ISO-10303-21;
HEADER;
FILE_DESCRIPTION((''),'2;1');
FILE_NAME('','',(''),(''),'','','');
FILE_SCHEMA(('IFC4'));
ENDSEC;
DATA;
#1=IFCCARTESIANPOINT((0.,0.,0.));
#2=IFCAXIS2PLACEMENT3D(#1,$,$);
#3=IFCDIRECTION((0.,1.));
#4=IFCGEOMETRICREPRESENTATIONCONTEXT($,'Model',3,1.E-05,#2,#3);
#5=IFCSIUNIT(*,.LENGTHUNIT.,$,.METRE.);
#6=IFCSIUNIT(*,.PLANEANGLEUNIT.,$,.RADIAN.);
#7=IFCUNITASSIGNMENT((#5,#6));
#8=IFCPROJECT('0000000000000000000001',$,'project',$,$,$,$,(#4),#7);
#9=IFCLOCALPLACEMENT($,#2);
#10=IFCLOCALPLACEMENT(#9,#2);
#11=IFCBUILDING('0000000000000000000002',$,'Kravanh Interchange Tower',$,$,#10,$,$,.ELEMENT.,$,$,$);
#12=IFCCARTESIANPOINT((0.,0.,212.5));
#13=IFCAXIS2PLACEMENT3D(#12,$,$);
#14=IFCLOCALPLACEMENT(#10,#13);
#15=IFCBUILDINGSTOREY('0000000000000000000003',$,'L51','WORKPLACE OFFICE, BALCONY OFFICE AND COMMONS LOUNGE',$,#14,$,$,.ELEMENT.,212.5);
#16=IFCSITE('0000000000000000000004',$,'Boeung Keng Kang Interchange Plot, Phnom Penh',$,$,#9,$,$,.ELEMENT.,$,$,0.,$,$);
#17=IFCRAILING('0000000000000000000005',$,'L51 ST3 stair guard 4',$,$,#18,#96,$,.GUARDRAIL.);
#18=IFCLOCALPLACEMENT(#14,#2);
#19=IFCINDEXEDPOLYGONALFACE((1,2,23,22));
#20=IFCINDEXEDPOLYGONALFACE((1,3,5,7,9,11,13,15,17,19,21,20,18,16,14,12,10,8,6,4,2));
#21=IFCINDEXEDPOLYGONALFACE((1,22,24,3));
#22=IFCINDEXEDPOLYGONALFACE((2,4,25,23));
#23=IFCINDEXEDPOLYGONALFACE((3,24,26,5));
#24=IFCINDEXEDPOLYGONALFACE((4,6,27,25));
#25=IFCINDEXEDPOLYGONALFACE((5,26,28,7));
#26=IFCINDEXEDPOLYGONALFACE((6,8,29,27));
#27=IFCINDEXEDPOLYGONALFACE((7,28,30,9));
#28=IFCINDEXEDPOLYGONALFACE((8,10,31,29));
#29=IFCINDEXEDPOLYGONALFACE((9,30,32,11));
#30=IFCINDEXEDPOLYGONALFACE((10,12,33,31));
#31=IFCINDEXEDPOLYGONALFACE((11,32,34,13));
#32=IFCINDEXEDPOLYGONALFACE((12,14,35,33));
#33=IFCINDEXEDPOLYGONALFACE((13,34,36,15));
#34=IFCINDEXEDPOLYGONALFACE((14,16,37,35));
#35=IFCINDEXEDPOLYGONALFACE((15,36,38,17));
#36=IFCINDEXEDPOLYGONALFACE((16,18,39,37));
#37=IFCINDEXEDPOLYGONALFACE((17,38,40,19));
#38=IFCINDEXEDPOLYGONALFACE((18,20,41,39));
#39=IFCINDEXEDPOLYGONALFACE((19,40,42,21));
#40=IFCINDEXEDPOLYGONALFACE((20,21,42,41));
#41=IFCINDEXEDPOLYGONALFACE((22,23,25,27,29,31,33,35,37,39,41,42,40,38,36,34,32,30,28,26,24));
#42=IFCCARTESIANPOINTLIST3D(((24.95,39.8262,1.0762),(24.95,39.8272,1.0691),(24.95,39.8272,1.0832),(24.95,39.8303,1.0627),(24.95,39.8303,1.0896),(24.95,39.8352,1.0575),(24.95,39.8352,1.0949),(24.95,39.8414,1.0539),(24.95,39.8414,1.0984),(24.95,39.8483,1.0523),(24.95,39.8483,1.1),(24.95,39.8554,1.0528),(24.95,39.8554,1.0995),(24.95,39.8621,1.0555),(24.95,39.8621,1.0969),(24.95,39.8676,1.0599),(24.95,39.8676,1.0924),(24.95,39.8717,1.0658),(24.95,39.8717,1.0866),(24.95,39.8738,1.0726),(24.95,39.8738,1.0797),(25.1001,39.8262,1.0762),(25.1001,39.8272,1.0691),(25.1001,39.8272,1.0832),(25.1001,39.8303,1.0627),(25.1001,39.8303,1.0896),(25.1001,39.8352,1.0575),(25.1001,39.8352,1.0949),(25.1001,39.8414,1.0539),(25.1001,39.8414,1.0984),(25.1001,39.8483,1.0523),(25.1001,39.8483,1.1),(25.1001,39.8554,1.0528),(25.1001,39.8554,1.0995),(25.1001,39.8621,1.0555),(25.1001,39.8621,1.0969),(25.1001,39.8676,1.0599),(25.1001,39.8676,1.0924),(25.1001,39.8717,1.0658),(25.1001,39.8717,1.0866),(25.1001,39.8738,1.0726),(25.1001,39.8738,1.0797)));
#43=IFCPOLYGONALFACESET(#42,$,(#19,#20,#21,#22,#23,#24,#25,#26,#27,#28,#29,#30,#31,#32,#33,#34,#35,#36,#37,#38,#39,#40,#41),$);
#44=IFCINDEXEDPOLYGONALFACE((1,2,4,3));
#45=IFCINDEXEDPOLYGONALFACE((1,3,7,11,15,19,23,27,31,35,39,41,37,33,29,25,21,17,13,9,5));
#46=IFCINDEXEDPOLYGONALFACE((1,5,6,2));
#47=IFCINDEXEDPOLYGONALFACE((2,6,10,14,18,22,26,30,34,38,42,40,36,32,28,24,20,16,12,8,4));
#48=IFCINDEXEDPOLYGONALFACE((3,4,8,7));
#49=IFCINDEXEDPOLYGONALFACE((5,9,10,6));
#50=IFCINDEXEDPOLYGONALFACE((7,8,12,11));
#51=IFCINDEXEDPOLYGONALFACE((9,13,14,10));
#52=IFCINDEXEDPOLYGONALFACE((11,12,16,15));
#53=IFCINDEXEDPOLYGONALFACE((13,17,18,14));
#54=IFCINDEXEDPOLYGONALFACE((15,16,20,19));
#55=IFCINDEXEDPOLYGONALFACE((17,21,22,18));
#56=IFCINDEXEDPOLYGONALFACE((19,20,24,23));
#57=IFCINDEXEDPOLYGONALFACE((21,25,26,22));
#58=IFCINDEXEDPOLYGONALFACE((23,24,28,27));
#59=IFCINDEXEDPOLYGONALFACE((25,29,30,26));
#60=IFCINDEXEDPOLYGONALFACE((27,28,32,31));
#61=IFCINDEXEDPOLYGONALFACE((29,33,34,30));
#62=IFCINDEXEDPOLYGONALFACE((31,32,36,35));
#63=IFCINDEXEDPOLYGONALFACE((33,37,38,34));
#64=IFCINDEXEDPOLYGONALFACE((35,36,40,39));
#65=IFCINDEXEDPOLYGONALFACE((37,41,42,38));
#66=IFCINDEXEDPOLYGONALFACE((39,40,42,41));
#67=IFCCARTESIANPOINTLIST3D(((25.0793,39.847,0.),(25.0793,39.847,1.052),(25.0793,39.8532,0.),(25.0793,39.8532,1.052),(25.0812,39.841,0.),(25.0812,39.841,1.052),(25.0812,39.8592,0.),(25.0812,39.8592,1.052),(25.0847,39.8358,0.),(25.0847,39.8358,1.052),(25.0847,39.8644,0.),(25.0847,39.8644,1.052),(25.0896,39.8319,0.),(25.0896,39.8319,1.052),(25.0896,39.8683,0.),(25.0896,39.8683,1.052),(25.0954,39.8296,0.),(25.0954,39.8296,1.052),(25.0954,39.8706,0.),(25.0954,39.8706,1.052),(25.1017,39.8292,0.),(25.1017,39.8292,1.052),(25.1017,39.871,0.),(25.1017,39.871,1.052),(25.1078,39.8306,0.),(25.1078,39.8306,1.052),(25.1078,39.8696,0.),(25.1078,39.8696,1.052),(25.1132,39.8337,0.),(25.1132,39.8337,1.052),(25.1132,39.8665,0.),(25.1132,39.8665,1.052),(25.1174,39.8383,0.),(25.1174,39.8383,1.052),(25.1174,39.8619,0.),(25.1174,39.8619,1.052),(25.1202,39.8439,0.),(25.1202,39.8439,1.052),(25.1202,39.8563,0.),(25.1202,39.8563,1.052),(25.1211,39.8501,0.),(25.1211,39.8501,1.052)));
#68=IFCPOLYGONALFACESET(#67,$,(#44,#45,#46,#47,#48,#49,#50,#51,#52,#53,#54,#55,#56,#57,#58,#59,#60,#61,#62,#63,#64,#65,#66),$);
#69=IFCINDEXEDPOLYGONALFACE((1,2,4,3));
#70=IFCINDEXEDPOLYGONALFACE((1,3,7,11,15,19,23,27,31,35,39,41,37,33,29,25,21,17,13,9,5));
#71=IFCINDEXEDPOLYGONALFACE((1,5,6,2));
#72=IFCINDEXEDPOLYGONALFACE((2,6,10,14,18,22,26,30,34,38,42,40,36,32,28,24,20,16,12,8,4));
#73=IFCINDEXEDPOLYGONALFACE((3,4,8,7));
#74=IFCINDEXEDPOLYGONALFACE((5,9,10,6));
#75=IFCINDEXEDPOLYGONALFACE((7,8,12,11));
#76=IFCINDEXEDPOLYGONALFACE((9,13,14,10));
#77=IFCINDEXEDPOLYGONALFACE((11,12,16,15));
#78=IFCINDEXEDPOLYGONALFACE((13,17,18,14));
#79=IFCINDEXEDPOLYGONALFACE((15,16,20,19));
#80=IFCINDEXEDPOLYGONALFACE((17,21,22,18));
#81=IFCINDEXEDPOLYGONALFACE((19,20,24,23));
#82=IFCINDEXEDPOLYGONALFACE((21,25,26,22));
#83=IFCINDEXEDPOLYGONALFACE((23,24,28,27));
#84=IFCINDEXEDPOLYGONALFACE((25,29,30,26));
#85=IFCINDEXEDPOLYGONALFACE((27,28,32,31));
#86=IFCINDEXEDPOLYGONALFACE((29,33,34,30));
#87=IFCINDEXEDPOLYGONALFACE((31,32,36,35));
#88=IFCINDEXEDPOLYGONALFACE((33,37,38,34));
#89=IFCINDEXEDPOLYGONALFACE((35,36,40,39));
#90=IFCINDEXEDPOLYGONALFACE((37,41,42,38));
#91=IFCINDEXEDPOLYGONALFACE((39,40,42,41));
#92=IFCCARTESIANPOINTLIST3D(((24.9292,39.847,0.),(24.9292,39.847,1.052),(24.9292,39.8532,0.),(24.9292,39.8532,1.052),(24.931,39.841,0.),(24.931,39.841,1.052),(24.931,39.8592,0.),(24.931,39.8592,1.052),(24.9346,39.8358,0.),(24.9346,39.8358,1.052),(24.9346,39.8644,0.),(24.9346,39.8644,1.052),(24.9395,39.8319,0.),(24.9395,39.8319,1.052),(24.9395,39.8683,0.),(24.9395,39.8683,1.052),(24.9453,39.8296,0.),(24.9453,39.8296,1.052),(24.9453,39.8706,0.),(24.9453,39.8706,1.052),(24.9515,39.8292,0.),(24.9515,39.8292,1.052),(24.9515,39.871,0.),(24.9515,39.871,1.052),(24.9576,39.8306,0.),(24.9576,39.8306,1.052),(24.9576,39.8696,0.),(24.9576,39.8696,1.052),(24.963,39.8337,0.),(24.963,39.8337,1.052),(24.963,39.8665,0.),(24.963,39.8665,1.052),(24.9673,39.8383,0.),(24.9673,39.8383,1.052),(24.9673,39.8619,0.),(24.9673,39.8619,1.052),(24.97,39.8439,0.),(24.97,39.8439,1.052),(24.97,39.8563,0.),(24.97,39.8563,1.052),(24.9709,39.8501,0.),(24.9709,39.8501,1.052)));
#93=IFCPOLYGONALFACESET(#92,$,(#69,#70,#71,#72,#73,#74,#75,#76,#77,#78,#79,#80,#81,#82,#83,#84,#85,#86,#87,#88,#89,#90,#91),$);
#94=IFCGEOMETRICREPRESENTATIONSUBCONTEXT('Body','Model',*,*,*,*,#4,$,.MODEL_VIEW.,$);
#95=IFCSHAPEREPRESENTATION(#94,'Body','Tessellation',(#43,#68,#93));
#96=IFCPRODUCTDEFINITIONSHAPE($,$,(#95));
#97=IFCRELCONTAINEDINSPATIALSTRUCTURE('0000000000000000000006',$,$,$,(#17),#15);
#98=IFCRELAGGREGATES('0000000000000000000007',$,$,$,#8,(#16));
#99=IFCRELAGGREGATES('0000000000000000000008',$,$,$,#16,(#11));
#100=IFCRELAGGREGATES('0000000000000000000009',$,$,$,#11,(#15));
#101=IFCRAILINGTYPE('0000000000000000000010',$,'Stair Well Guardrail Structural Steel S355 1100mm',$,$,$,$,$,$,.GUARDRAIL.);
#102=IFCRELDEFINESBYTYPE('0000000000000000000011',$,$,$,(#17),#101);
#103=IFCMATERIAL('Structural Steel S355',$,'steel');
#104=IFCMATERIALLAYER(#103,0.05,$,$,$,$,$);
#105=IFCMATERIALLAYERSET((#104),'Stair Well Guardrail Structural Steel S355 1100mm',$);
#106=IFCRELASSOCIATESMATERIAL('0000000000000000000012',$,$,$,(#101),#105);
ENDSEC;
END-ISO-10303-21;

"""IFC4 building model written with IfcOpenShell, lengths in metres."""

from ifc_helpers import new_model, si_unit, direction, frame, origin, origin_2d, place, context, subcontext, project, spatial, circle, extrude, material, layer, layer_set, type_object, element, save


model = new_model("IFC4")

# Units and contexts
model_context = context("Model", 3, precision=1e-05, world=origin(), true_north=direction((0.0, 1.0)))
body_context = subcontext(model_context, "Body", "Model", "MODEL_VIEW")
ifc_project = project(units=[si_unit("LENGTHUNIT", "METRE"), si_unit("PLANEANGLEUNIT", "RADIAN")], contexts=[model_context])

# Site, building, storey
site_placement = place(None, origin())
site = spatial("IfcSite", under=ifc_project, at=site_placement, Name="Boeung Keng Kang Interchange Plot, Phnom Penh", CompositionType="ELEMENT", RefElevation=0.0)
building_placement = place(site_placement, origin())
building = spatial("IfcBuilding", under=site, at=building_placement, Name="Kravanh Interchange Tower", CompositionType="ELEMENT")
storey_placement = place(building_placement, frame((0.0, 0.0, 212.5)))
storey = spatial("IfcBuildingStorey", under=building, at=storey_placement, Name="L51", Description="WORKPLACE OFFICE, BALCONY OFFICE AND COMMONS LOUNGE", CompositionType="ELEMENT", Elevation=212.5)

# Railing
ifc_material_1 = material(Name="Structural Steel S355", Category="steel")
ifc_layer_1 = layer(ifc_material_1, 0.05)
ifc_layer_set_1 = layer_set([ifc_layer_1], Name="Stair Well Guardrail Structural Steel S355 1100mm")
railing_type_1 = type_object("IfcRailingType", Name="Stair Well Guardrail Structural Steel S355 1100mm", PredefinedType="GUARDRAIL", material=ifc_layer_set_1)
railing_1_placement = place(storey_placement, frame((25.1001, 39.8501, 0.0)))
element("IfcRailing", 1, at=railing_1_placement, inside=storey, type_object=railing_type_1, Name="L51 ST3 stair guard 4", PredefinedType="GUARDRAIL", context=body_context, shape_type="SweptSolid", body=[
    extrude(circle(Radius=0.0239, at=origin_2d()), frame((0.0, 0.0, 1.0762), z_axis=(-1.0, 0.0, 0.0), x_axis=(0.0, -1.0, 0.0)), (0.0, 0.0, 1.0), 0.1501),
    extrude(circle(Radius=0.021, at=origin_2d()), origin(), (0.0, 0.0, 1.0), 1.052),
    extrude(circle(Radius=0.021, at=origin_2d()), frame((-0.1501, 0.0, 0.0)), (0.0, 0.0, 1.0), 1.052),
])

save(model, "model.ifc")
